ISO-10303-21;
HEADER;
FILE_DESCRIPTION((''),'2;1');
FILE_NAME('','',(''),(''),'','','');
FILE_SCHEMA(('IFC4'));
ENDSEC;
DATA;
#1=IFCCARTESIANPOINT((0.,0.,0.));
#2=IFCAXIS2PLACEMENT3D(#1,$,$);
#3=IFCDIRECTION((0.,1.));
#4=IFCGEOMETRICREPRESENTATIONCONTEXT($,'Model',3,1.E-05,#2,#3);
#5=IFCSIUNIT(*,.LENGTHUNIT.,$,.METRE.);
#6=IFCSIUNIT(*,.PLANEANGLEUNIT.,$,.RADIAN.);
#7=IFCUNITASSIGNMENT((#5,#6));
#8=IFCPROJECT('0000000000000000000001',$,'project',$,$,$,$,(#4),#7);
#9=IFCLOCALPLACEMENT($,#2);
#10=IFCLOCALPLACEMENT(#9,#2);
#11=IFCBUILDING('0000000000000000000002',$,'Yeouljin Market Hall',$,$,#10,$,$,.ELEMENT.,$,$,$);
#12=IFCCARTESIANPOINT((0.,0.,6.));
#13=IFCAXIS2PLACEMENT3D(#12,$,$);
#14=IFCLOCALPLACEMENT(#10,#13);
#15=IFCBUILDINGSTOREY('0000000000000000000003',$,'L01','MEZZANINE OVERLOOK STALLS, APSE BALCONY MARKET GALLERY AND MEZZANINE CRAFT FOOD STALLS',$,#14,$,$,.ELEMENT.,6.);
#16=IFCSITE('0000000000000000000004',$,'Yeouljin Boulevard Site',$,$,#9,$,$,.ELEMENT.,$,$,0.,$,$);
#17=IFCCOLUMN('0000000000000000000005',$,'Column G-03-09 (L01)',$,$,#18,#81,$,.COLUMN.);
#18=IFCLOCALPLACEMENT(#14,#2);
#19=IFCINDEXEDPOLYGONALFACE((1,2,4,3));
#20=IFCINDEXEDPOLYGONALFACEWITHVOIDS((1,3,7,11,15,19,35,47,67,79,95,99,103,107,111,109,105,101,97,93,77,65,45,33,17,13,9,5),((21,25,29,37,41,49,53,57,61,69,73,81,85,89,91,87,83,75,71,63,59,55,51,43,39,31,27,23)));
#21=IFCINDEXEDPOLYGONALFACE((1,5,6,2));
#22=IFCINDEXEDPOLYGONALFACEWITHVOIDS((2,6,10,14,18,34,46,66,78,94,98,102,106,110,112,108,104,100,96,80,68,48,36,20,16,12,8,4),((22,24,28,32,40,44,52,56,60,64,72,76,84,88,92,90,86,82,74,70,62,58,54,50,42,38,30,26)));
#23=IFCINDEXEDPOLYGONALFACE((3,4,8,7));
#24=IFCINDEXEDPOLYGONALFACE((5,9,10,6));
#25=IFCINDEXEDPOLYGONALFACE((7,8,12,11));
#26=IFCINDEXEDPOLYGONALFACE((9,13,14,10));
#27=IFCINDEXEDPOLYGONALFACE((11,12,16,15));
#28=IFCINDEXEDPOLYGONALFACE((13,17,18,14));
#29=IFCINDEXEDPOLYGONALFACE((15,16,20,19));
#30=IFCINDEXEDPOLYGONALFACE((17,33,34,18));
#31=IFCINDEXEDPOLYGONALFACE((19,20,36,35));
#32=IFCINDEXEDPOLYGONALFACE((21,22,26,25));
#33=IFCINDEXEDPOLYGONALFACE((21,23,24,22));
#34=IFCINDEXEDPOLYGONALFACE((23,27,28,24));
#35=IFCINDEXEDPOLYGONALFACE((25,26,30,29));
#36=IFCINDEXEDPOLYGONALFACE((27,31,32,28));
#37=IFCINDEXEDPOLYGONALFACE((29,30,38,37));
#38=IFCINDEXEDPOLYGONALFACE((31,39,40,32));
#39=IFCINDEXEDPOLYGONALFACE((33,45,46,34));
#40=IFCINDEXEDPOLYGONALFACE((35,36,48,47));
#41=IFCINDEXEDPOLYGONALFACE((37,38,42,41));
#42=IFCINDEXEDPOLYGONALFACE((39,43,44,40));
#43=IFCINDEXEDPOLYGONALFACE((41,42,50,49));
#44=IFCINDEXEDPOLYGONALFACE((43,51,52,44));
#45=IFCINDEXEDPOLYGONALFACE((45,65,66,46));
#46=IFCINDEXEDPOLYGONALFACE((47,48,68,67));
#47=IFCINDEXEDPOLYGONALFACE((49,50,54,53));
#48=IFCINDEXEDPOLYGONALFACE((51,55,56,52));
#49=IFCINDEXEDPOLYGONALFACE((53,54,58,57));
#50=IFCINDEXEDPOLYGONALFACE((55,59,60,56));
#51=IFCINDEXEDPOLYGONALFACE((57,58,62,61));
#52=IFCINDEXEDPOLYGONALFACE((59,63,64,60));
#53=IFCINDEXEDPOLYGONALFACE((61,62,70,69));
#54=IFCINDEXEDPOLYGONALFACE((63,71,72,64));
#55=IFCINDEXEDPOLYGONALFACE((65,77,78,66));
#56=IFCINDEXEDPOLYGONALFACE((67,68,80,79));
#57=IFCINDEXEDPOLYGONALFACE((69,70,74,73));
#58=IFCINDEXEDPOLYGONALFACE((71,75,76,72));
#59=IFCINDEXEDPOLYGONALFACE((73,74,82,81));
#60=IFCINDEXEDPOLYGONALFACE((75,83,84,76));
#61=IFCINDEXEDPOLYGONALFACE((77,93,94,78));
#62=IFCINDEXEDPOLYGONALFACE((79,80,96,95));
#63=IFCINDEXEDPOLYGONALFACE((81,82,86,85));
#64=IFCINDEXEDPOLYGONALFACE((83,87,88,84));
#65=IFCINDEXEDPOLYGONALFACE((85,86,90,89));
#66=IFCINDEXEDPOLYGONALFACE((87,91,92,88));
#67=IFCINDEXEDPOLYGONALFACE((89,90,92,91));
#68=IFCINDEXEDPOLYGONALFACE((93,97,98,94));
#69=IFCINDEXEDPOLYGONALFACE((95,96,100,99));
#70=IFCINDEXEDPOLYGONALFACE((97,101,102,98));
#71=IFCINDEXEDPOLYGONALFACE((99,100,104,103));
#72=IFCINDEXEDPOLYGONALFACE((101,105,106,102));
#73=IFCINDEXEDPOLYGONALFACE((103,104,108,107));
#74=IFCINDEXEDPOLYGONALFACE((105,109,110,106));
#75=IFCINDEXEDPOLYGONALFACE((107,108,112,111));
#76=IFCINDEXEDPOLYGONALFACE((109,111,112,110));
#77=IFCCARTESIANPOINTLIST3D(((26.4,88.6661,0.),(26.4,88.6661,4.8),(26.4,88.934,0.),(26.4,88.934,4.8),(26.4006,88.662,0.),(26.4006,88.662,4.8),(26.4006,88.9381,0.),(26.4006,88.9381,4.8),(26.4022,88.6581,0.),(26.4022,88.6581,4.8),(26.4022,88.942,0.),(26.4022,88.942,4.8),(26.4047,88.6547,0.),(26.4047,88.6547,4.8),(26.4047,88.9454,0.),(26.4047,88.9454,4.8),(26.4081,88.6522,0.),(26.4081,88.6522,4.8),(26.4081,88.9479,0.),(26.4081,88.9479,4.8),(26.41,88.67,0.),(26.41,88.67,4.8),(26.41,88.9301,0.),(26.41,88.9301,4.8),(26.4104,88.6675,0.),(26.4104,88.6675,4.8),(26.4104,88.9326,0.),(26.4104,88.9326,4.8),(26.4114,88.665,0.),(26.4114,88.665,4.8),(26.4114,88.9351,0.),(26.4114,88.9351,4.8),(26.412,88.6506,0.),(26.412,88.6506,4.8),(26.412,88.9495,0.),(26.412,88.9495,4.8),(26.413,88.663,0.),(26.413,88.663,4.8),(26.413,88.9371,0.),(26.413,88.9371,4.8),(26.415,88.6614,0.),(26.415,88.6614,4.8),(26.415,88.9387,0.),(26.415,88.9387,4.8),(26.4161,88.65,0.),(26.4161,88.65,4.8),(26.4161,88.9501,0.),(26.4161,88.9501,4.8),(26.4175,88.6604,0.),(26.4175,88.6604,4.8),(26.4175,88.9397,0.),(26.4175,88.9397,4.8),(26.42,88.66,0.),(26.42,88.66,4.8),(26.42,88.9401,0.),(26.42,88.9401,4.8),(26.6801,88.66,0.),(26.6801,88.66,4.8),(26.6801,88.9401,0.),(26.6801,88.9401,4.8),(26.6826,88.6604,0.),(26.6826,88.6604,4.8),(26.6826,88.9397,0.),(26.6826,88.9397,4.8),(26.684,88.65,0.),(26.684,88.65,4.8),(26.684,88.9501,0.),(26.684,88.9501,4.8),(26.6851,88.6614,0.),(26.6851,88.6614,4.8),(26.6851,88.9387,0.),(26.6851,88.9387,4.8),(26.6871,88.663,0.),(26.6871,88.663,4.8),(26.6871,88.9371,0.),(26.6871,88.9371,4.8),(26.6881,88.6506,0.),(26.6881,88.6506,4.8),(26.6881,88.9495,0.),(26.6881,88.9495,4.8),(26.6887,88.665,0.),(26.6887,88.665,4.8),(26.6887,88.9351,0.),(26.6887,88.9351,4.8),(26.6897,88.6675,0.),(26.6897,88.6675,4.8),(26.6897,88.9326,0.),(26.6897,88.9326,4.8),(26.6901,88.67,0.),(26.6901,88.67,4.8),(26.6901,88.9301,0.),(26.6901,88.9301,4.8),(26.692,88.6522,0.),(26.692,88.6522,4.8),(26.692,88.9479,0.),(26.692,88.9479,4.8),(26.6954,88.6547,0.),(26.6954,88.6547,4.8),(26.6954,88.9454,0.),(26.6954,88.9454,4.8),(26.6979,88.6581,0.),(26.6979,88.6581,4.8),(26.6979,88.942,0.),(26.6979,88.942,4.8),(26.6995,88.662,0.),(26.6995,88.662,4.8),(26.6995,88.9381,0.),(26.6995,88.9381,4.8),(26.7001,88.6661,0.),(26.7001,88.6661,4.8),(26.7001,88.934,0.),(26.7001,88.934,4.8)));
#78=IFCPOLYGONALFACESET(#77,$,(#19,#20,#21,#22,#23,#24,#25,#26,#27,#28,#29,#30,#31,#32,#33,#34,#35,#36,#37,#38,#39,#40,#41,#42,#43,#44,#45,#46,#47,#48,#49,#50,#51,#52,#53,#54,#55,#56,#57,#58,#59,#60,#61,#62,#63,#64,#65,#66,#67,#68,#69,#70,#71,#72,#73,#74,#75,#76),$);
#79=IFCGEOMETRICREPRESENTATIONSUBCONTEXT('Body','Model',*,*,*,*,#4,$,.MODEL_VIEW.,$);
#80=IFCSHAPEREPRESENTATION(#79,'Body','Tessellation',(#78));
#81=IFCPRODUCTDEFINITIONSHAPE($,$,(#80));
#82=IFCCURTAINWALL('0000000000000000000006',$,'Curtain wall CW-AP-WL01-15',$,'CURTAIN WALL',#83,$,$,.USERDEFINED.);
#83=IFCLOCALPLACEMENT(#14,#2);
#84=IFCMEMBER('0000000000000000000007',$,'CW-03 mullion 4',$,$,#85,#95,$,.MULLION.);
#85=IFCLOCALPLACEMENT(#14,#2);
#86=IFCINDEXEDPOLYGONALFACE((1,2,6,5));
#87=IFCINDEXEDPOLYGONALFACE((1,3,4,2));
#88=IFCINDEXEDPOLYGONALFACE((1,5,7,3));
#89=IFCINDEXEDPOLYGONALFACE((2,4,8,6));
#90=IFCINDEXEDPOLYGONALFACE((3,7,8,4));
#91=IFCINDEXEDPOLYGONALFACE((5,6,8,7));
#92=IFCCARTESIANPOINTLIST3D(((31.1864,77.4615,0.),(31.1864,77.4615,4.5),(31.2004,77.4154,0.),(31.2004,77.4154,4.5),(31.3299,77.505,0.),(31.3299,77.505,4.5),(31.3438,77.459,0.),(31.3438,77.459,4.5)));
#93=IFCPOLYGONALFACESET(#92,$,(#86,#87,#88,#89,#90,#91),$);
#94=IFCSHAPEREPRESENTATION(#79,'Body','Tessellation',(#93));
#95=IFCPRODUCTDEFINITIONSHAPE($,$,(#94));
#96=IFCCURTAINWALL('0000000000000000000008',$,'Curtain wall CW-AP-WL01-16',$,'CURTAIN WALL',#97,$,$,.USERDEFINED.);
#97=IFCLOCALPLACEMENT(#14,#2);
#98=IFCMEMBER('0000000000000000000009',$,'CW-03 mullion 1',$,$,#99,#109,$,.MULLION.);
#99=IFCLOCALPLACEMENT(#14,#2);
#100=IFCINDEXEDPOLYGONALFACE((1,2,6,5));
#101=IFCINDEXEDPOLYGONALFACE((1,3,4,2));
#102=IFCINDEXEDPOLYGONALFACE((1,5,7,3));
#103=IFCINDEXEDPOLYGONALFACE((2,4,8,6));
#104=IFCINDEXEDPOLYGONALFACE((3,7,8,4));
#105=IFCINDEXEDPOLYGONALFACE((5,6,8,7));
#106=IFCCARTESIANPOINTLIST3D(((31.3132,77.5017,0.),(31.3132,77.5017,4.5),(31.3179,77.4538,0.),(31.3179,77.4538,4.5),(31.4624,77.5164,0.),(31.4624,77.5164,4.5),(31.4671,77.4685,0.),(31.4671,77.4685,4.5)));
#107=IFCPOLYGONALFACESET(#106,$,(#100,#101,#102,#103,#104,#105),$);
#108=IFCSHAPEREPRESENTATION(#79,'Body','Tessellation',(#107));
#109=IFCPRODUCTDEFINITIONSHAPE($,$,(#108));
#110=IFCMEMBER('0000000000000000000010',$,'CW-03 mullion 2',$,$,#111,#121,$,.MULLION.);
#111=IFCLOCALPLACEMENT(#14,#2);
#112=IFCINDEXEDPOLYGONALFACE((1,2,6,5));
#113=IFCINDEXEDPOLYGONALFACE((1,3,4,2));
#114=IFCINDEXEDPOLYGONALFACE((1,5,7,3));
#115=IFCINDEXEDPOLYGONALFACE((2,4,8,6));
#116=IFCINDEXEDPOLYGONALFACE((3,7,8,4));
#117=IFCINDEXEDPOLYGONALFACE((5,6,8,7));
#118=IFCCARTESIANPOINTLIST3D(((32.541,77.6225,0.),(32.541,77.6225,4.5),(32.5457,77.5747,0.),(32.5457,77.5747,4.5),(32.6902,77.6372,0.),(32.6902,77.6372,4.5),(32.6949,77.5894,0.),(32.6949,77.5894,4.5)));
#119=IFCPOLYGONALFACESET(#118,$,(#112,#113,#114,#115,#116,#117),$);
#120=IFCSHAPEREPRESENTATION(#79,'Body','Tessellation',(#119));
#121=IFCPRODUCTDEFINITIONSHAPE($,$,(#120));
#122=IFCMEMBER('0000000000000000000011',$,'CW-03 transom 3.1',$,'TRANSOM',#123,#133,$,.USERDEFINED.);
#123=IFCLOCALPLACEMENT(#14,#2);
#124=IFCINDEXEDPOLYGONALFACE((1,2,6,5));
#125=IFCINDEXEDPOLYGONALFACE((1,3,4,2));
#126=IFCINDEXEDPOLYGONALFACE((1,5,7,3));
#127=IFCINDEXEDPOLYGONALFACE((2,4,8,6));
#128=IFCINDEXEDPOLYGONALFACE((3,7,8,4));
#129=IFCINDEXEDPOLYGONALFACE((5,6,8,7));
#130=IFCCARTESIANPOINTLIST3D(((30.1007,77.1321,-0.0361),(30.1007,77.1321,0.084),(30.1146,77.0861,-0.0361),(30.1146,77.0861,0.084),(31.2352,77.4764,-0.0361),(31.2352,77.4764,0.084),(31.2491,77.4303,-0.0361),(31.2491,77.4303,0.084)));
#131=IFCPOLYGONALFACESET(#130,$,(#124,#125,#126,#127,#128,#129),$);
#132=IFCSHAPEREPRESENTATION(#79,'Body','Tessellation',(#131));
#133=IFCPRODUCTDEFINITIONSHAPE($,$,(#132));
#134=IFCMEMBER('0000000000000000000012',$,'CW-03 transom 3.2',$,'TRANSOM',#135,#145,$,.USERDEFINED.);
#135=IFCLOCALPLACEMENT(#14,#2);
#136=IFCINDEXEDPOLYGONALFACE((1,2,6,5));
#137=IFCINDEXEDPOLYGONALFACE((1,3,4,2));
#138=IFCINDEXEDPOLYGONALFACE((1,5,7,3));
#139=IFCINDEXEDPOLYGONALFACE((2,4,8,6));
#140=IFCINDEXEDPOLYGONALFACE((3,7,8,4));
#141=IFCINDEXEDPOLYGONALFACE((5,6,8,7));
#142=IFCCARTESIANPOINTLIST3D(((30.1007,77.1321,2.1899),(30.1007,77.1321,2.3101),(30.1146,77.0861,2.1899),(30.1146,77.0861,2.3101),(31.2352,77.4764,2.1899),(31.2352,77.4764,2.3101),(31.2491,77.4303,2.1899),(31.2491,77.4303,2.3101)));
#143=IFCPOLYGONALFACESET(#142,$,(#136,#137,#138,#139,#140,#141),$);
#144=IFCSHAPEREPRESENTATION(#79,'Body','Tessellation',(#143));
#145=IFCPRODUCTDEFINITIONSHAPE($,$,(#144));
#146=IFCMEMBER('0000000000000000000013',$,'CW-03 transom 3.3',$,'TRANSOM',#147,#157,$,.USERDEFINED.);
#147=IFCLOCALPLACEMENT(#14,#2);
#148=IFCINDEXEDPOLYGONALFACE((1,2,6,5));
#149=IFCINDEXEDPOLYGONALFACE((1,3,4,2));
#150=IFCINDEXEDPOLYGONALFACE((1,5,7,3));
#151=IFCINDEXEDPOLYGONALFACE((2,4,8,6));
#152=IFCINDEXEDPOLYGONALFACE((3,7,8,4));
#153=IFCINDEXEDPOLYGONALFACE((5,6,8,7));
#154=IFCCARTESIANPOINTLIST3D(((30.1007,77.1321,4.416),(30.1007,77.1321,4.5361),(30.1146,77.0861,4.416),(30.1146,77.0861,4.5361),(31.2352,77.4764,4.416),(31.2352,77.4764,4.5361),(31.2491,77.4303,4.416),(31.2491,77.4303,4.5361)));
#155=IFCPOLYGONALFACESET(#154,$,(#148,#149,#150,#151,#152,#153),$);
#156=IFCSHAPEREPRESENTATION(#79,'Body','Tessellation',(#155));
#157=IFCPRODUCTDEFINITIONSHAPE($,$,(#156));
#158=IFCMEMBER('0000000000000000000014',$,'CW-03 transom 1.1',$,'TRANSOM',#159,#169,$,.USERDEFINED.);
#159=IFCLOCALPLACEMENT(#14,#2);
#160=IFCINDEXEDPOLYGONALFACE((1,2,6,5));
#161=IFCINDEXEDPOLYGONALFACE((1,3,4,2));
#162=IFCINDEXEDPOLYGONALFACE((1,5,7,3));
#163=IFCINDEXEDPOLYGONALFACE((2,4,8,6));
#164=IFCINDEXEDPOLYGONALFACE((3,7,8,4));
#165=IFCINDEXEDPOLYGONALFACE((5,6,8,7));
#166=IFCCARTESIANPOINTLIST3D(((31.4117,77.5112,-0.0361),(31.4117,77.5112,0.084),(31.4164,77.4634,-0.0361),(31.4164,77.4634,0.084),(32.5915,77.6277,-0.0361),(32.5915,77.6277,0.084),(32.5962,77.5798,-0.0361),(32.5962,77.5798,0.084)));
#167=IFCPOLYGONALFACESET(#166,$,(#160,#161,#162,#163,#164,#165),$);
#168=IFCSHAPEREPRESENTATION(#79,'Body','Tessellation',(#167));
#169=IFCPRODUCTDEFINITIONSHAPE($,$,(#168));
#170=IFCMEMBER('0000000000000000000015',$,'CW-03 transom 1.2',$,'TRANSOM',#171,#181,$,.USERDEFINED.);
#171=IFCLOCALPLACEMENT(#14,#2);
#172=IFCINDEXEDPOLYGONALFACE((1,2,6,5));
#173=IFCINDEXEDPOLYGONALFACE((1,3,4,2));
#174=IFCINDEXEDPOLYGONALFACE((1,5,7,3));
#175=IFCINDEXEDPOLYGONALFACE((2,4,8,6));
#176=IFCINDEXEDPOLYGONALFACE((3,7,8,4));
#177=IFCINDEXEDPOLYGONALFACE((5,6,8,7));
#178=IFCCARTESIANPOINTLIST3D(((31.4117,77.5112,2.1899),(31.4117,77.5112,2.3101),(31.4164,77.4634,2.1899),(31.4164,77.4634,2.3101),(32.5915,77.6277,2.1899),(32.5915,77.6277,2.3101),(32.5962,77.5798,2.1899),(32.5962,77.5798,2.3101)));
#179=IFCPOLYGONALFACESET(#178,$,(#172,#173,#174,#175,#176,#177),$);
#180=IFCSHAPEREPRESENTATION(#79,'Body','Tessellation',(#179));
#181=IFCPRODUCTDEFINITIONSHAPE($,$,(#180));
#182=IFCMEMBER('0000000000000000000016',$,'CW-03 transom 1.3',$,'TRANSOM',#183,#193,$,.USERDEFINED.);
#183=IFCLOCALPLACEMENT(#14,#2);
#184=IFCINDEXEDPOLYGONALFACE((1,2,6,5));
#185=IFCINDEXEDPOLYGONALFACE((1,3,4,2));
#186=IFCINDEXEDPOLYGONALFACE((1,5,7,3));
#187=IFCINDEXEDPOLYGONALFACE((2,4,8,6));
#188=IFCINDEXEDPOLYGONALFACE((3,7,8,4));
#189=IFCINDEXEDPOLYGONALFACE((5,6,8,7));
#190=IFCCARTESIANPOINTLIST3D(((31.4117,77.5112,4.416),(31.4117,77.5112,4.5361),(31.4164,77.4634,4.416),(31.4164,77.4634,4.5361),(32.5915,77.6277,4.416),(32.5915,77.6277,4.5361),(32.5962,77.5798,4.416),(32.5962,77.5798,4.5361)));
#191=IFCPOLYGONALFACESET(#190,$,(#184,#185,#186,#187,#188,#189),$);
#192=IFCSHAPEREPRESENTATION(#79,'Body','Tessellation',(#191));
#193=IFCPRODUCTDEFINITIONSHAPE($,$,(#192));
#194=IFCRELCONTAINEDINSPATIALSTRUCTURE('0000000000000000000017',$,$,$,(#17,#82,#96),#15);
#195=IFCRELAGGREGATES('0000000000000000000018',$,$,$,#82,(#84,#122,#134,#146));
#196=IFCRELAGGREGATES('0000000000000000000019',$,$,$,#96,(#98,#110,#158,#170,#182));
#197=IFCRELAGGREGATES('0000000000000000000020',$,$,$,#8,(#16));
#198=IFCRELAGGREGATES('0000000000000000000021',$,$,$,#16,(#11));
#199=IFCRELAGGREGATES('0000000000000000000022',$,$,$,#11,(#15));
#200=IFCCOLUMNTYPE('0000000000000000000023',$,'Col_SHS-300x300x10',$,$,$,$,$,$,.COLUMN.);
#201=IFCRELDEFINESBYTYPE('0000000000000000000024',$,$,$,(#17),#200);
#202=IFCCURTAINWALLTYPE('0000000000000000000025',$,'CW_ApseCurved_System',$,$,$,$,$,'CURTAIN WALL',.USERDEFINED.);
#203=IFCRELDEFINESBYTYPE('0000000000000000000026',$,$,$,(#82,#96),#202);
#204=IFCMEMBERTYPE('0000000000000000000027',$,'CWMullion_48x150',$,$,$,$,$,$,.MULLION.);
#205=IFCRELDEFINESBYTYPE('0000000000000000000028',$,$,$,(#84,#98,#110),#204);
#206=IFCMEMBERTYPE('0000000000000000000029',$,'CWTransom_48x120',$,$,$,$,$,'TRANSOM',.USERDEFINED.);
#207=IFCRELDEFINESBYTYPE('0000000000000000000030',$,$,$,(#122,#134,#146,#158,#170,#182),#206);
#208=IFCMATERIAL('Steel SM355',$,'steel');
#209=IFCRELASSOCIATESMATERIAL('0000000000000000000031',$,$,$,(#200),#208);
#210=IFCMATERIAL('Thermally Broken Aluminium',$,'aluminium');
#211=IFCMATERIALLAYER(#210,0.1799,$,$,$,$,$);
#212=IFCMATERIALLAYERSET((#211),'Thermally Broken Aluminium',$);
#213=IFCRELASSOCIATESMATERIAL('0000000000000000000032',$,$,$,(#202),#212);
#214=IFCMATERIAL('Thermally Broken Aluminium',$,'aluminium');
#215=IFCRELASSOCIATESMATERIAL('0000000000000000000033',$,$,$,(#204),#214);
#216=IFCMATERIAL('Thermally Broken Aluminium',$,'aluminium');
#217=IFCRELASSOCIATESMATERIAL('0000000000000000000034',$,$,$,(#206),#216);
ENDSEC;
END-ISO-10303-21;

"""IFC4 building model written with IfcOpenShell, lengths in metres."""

from ifc_helpers import new_model, si_unit, direction, frame, origin, origin_2d, place, context, subcontext, project, spatial, rectangle, hollow_rectangle, extrude, material, layer, layer_set, material_profile, profile_set, type_object, element, aggregate, save


model = new_model("IFC4")

# Units and contexts
model_context = context("Model", 3, precision=1e-05, world=origin(), true_north=direction((0.0, 1.0)))
body_context = subcontext(model_context, "Body", "Model", "MODEL_VIEW")
ifc_project = project(units=[si_unit("LENGTHUNIT", "METRE"), si_unit("PLANEANGLEUNIT", "RADIAN")], contexts=[model_context])

# Site, building, storey
site_placement = place(None, origin())
site = spatial("IfcSite", under=ifc_project, at=site_placement, Name="Yeouljin Boulevard Site", CompositionType="ELEMENT", RefElevation=0.0)
building_placement = place(site_placement, origin())
building = spatial("IfcBuilding", under=site, at=building_placement, Name="Yeouljin Market Hall", CompositionType="ELEMENT")
storey_placement = place(building_placement, frame((0.0, 0.0, 6.0)))
storey = spatial("IfcBuildingStorey", under=building, at=storey_placement, Name="L01", Description="MEZZANINE OVERLOOK STALLS, APSE BALCONY MARKET GALLERY AND MEZZANINE CRAFT FOOD STALLS", CompositionType="ELEMENT", Elevation=6.0)

# Column
ifc_material_1 = material(Name="Steel SM355", Category="steel")
ifc_material_profile_1 = material_profile(ifc_material_1, hollow_rectangle(XDim=0.3, YDim=0.3, WallThickness=0.01, InnerFilletRadius=0.01, OuterFilletRadius=0.0161, at=origin_2d()), Name="SHS-300x300x10")
ifc_profile_set_1 = profile_set([ifc_material_profile_1], Name="Steel SM355")
column_type = type_object("IfcColumnType", Name="Col_SHS-300x300x10", PredefinedType="COLUMN", material=ifc_profile_set_1)
column_placement = place(storey_placement, frame((26.55, 88.8, 0.0), z_axis=(0.0, 0.0, 1.0), x_axis=(1.0, 0.0, 0.0)))
element("IfcColumn", 1, at=column_placement, inside=storey, type_object=column_type, Name="Column G-03-09 (L01)", PredefinedType="COLUMN", context=body_context, shape_type="SweptSolid", body=[
    extrude(hollow_rectangle(XDim=0.3, YDim=0.3, WallThickness=0.01, InnerFilletRadius=0.01, OuterFilletRadius=0.0161, at=origin_2d()), origin(), (0.0, 0.0, 1.0), 4.8),
])

# Curtain wall, member
ifc_material_2 = material(Name="Thermally Broken Aluminium", Category="aluminium")
ifc_layer_1 = layer(ifc_material_2, 0.1799)
ifc_layer_set_1 = layer_set([ifc_layer_1], Name="Thermally Broken Aluminium")
curtain_wall_type = type_object("IfcCurtainWallType", Name="CW_ApseCurved_System", ElementType="CURTAIN WALL", PredefinedType="USERDEFINED", material=ifc_layer_set_1)
curtain_wall_1_placement = place(storey_placement, origin())
curtain_wall_1 = element("IfcCurtainWall", 2, at=curtain_wall_1_placement, inside=storey, type_object=curtain_wall_type, Name="Curtain wall CW-AP-WL01-15", ObjectType="CURTAIN WALL", PredefinedType="USERDEFINED")
ifc_material_3 = material(Name="Thermally Broken Aluminium", Category="aluminium")
ifc_material_profile_2 = material_profile(ifc_material_3, rectangle(XDim=0.0481, YDim=0.1499, at=origin_2d()), Name="CW-MULL-48x150")
ifc_profile_set_2 = profile_set([ifc_material_profile_2], Name="Thermally Broken Aluminium")
member_type_1 = type_object("IfcMemberType", Name="CWMullion_48x150", PredefinedType="MULLION", material=ifc_profile_set_2)
member_1_placement = place(storey_placement, frame((31.2651, 77.4602, 0.0), z_axis=(0.0, 0.0, 1.0), x_axis=(-0.290286, 0.95694, 0.0)))
member_1 = element("IfcMember", 3, at=member_1_placement, type_object=member_type_1, Name="CW-03 mullion 4", PredefinedType="MULLION", context=body_context, shape_type="SweptSolid", body=[
    extrude(rectangle(XDim=0.0481, YDim=0.1499, at=origin_2d()), origin(), (0.0, 0.0, 1.0), 4.5),
])

# Curtain wall, members
curtain_wall_2_placement = place(storey_placement, origin())
curtain_wall_2 = element("IfcCurtainWall", 4, at=curtain_wall_2_placement, inside=storey, type_object=curtain_wall_type, Name="Curtain wall CW-AP-WL01-16", ObjectType="CURTAIN WALL", PredefinedType="USERDEFINED")
member_2_placement = place(storey_placement, frame((31.3901, 77.4851, 0.0), z_axis=(0.0, 0.0, 1.0), x_axis=(-0.098034, 0.995183, 0.0)))
member_2 = element("IfcMember", 5, at=member_2_placement, type_object=member_type_1, Name="CW-03 mullion 1", PredefinedType="MULLION", context=body_context, shape_type="SweptSolid", body=[
    extrude(rectangle(XDim=0.0481, YDim=0.1499, at=origin_2d()), origin(), (0.0, 0.0, 1.0), 4.5),
])
member_3_placement = place(storey_placement, frame((32.6179, 77.606, 0.0), z_axis=(0.0, 0.0, 1.0), x_axis=(-0.098034, 0.995183, 0.0)))
member_3 = element("IfcMember", 6, at=member_3_placement, type_object=member_type_1, Name="CW-03 mullion 2", PredefinedType="MULLION", context=body_context, shape_type="SweptSolid", body=[
    extrude(rectangle(XDim=0.0481, YDim=0.1499, at=origin_2d()), origin(), (0.0, 0.0, 1.0), 4.5),
])

# Members
ifc_material_4 = material(Name="Thermally Broken Aluminium", Category="aluminium")
ifc_material_profile_3 = material_profile(ifc_material_4, rectangle(XDim=0.0481, YDim=0.1201, at=origin_2d()), Name="CW-TRAN-48x120")
ifc_profile_set_3 = profile_set([ifc_material_profile_3], Name="Thermally Broken Aluminium")
member_type_2 = type_object("IfcMemberType", Name="CWTransom_48x120", ElementType="TRANSOM", PredefinedType="USERDEFINED", material=ifc_profile_set_3)
member_4_placement = place(storey_placement, frame((30.1077, 77.1091, 0.0239), z_axis=(0.95692, 0.29035, 0.0), x_axis=(-0.29035, 0.95692, 0.0)))
member_4 = element("IfcMember", 7, at=member_4_placement, type_object=member_type_2, Name="CW-03 transom 3.1", ObjectType="TRANSOM", PredefinedType="USERDEFINED", context=body_context, shape_type="SweptSolid", body=[
    extrude(rectangle(XDim=0.0481, YDim=0.1201, at=origin_2d()), origin(), (0.0, 0.0, 1.0), 1.1855),
])
member_5_placement = place(storey_placement, frame((30.1077, 77.1091, 2.25), z_axis=(0.95692, 0.29035, 0.0), x_axis=(-0.29035, 0.95692, 0.0)))
member_5 = element("IfcMember", 8, at=member_5_placement, type_object=member_type_2, Name="CW-03 transom 3.2", ObjectType="TRANSOM", PredefinedType="USERDEFINED", context=body_context, shape_type="SweptSolid", body=[
    extrude(rectangle(XDim=0.0481, YDim=0.1201, at=origin_2d()), origin(), (0.0, 0.0, 1.0), 1.1855),
])
member_6_placement = place(storey_placement, frame((30.1077, 77.1091, 4.4761), z_axis=(0.95692, 0.29035, 0.0), x_axis=(-0.29035, 0.95692, 0.0)))
member_6 = element("IfcMember", 9, at=member_6_placement, type_object=member_type_2, Name="CW-03 transom 3.3", ObjectType="TRANSOM", PredefinedType="USERDEFINED", context=body_context, shape_type="SweptSolid", body=[
    extrude(rectangle(XDim=0.0481, YDim=0.1201, at=origin_2d()), origin(), (0.0, 0.0, 1.0), 1.1855),
])
member_7_placement = place(storey_placement, frame((31.4141, 77.4873, 0.0239), z_axis=(0.995165, 0.098219, 0.0), x_axis=(-0.098219, 0.995165, 0.0)))
member_7 = element("IfcMember", 10, at=member_7_placement, type_object=member_type_2, Name="CW-03 transom 1.1", ObjectType="TRANSOM", PredefinedType="USERDEFINED", context=body_context, shape_type="SweptSolid", body=[
    extrude(rectangle(XDim=0.0481, YDim=0.1201, at=origin_2d()), origin(), (0.0, 0.0, 1.0), 1.1855),
])
member_8_placement = place(storey_placement, frame((31.4141, 77.4873, 2.25), z_axis=(0.995165, 0.098219, 0.0), x_axis=(-0.098219, 0.995165, 0.0)))
member_8 = element("IfcMember", 11, at=member_8_placement, type_object=member_type_2, Name="CW-03 transom 1.2", ObjectType="TRANSOM", PredefinedType="USERDEFINED", context=body_context, shape_type="SweptSolid", body=[
    extrude(rectangle(XDim=0.0481, YDim=0.1201, at=origin_2d()), origin(), (0.0, 0.0, 1.0), 1.1855),
])
member_9_placement = place(storey_placement, frame((31.4141, 77.4873, 4.4761), z_axis=(0.995165, 0.098219, 0.0), x_axis=(-0.098219, 0.995165, 0.0)))
member_9 = element("IfcMember", 12, at=member_9_placement, type_object=member_type_2, Name="CW-03 transom 1.3", ObjectType="TRANSOM", PredefinedType="USERDEFINED", context=body_context, shape_type="SweptSolid", body=[
    extrude(rectangle(XDim=0.0481, YDim=0.1201, at=origin_2d()), origin(), (0.0, 0.0, 1.0), 1.1855),
])

aggregate(curtain_wall_1, [member_1, member_4, member_5, member_6])
aggregate(curtain_wall_2, [member_2, member_3, member_7, member_8, member_9])

save(model, "model.ifc")
